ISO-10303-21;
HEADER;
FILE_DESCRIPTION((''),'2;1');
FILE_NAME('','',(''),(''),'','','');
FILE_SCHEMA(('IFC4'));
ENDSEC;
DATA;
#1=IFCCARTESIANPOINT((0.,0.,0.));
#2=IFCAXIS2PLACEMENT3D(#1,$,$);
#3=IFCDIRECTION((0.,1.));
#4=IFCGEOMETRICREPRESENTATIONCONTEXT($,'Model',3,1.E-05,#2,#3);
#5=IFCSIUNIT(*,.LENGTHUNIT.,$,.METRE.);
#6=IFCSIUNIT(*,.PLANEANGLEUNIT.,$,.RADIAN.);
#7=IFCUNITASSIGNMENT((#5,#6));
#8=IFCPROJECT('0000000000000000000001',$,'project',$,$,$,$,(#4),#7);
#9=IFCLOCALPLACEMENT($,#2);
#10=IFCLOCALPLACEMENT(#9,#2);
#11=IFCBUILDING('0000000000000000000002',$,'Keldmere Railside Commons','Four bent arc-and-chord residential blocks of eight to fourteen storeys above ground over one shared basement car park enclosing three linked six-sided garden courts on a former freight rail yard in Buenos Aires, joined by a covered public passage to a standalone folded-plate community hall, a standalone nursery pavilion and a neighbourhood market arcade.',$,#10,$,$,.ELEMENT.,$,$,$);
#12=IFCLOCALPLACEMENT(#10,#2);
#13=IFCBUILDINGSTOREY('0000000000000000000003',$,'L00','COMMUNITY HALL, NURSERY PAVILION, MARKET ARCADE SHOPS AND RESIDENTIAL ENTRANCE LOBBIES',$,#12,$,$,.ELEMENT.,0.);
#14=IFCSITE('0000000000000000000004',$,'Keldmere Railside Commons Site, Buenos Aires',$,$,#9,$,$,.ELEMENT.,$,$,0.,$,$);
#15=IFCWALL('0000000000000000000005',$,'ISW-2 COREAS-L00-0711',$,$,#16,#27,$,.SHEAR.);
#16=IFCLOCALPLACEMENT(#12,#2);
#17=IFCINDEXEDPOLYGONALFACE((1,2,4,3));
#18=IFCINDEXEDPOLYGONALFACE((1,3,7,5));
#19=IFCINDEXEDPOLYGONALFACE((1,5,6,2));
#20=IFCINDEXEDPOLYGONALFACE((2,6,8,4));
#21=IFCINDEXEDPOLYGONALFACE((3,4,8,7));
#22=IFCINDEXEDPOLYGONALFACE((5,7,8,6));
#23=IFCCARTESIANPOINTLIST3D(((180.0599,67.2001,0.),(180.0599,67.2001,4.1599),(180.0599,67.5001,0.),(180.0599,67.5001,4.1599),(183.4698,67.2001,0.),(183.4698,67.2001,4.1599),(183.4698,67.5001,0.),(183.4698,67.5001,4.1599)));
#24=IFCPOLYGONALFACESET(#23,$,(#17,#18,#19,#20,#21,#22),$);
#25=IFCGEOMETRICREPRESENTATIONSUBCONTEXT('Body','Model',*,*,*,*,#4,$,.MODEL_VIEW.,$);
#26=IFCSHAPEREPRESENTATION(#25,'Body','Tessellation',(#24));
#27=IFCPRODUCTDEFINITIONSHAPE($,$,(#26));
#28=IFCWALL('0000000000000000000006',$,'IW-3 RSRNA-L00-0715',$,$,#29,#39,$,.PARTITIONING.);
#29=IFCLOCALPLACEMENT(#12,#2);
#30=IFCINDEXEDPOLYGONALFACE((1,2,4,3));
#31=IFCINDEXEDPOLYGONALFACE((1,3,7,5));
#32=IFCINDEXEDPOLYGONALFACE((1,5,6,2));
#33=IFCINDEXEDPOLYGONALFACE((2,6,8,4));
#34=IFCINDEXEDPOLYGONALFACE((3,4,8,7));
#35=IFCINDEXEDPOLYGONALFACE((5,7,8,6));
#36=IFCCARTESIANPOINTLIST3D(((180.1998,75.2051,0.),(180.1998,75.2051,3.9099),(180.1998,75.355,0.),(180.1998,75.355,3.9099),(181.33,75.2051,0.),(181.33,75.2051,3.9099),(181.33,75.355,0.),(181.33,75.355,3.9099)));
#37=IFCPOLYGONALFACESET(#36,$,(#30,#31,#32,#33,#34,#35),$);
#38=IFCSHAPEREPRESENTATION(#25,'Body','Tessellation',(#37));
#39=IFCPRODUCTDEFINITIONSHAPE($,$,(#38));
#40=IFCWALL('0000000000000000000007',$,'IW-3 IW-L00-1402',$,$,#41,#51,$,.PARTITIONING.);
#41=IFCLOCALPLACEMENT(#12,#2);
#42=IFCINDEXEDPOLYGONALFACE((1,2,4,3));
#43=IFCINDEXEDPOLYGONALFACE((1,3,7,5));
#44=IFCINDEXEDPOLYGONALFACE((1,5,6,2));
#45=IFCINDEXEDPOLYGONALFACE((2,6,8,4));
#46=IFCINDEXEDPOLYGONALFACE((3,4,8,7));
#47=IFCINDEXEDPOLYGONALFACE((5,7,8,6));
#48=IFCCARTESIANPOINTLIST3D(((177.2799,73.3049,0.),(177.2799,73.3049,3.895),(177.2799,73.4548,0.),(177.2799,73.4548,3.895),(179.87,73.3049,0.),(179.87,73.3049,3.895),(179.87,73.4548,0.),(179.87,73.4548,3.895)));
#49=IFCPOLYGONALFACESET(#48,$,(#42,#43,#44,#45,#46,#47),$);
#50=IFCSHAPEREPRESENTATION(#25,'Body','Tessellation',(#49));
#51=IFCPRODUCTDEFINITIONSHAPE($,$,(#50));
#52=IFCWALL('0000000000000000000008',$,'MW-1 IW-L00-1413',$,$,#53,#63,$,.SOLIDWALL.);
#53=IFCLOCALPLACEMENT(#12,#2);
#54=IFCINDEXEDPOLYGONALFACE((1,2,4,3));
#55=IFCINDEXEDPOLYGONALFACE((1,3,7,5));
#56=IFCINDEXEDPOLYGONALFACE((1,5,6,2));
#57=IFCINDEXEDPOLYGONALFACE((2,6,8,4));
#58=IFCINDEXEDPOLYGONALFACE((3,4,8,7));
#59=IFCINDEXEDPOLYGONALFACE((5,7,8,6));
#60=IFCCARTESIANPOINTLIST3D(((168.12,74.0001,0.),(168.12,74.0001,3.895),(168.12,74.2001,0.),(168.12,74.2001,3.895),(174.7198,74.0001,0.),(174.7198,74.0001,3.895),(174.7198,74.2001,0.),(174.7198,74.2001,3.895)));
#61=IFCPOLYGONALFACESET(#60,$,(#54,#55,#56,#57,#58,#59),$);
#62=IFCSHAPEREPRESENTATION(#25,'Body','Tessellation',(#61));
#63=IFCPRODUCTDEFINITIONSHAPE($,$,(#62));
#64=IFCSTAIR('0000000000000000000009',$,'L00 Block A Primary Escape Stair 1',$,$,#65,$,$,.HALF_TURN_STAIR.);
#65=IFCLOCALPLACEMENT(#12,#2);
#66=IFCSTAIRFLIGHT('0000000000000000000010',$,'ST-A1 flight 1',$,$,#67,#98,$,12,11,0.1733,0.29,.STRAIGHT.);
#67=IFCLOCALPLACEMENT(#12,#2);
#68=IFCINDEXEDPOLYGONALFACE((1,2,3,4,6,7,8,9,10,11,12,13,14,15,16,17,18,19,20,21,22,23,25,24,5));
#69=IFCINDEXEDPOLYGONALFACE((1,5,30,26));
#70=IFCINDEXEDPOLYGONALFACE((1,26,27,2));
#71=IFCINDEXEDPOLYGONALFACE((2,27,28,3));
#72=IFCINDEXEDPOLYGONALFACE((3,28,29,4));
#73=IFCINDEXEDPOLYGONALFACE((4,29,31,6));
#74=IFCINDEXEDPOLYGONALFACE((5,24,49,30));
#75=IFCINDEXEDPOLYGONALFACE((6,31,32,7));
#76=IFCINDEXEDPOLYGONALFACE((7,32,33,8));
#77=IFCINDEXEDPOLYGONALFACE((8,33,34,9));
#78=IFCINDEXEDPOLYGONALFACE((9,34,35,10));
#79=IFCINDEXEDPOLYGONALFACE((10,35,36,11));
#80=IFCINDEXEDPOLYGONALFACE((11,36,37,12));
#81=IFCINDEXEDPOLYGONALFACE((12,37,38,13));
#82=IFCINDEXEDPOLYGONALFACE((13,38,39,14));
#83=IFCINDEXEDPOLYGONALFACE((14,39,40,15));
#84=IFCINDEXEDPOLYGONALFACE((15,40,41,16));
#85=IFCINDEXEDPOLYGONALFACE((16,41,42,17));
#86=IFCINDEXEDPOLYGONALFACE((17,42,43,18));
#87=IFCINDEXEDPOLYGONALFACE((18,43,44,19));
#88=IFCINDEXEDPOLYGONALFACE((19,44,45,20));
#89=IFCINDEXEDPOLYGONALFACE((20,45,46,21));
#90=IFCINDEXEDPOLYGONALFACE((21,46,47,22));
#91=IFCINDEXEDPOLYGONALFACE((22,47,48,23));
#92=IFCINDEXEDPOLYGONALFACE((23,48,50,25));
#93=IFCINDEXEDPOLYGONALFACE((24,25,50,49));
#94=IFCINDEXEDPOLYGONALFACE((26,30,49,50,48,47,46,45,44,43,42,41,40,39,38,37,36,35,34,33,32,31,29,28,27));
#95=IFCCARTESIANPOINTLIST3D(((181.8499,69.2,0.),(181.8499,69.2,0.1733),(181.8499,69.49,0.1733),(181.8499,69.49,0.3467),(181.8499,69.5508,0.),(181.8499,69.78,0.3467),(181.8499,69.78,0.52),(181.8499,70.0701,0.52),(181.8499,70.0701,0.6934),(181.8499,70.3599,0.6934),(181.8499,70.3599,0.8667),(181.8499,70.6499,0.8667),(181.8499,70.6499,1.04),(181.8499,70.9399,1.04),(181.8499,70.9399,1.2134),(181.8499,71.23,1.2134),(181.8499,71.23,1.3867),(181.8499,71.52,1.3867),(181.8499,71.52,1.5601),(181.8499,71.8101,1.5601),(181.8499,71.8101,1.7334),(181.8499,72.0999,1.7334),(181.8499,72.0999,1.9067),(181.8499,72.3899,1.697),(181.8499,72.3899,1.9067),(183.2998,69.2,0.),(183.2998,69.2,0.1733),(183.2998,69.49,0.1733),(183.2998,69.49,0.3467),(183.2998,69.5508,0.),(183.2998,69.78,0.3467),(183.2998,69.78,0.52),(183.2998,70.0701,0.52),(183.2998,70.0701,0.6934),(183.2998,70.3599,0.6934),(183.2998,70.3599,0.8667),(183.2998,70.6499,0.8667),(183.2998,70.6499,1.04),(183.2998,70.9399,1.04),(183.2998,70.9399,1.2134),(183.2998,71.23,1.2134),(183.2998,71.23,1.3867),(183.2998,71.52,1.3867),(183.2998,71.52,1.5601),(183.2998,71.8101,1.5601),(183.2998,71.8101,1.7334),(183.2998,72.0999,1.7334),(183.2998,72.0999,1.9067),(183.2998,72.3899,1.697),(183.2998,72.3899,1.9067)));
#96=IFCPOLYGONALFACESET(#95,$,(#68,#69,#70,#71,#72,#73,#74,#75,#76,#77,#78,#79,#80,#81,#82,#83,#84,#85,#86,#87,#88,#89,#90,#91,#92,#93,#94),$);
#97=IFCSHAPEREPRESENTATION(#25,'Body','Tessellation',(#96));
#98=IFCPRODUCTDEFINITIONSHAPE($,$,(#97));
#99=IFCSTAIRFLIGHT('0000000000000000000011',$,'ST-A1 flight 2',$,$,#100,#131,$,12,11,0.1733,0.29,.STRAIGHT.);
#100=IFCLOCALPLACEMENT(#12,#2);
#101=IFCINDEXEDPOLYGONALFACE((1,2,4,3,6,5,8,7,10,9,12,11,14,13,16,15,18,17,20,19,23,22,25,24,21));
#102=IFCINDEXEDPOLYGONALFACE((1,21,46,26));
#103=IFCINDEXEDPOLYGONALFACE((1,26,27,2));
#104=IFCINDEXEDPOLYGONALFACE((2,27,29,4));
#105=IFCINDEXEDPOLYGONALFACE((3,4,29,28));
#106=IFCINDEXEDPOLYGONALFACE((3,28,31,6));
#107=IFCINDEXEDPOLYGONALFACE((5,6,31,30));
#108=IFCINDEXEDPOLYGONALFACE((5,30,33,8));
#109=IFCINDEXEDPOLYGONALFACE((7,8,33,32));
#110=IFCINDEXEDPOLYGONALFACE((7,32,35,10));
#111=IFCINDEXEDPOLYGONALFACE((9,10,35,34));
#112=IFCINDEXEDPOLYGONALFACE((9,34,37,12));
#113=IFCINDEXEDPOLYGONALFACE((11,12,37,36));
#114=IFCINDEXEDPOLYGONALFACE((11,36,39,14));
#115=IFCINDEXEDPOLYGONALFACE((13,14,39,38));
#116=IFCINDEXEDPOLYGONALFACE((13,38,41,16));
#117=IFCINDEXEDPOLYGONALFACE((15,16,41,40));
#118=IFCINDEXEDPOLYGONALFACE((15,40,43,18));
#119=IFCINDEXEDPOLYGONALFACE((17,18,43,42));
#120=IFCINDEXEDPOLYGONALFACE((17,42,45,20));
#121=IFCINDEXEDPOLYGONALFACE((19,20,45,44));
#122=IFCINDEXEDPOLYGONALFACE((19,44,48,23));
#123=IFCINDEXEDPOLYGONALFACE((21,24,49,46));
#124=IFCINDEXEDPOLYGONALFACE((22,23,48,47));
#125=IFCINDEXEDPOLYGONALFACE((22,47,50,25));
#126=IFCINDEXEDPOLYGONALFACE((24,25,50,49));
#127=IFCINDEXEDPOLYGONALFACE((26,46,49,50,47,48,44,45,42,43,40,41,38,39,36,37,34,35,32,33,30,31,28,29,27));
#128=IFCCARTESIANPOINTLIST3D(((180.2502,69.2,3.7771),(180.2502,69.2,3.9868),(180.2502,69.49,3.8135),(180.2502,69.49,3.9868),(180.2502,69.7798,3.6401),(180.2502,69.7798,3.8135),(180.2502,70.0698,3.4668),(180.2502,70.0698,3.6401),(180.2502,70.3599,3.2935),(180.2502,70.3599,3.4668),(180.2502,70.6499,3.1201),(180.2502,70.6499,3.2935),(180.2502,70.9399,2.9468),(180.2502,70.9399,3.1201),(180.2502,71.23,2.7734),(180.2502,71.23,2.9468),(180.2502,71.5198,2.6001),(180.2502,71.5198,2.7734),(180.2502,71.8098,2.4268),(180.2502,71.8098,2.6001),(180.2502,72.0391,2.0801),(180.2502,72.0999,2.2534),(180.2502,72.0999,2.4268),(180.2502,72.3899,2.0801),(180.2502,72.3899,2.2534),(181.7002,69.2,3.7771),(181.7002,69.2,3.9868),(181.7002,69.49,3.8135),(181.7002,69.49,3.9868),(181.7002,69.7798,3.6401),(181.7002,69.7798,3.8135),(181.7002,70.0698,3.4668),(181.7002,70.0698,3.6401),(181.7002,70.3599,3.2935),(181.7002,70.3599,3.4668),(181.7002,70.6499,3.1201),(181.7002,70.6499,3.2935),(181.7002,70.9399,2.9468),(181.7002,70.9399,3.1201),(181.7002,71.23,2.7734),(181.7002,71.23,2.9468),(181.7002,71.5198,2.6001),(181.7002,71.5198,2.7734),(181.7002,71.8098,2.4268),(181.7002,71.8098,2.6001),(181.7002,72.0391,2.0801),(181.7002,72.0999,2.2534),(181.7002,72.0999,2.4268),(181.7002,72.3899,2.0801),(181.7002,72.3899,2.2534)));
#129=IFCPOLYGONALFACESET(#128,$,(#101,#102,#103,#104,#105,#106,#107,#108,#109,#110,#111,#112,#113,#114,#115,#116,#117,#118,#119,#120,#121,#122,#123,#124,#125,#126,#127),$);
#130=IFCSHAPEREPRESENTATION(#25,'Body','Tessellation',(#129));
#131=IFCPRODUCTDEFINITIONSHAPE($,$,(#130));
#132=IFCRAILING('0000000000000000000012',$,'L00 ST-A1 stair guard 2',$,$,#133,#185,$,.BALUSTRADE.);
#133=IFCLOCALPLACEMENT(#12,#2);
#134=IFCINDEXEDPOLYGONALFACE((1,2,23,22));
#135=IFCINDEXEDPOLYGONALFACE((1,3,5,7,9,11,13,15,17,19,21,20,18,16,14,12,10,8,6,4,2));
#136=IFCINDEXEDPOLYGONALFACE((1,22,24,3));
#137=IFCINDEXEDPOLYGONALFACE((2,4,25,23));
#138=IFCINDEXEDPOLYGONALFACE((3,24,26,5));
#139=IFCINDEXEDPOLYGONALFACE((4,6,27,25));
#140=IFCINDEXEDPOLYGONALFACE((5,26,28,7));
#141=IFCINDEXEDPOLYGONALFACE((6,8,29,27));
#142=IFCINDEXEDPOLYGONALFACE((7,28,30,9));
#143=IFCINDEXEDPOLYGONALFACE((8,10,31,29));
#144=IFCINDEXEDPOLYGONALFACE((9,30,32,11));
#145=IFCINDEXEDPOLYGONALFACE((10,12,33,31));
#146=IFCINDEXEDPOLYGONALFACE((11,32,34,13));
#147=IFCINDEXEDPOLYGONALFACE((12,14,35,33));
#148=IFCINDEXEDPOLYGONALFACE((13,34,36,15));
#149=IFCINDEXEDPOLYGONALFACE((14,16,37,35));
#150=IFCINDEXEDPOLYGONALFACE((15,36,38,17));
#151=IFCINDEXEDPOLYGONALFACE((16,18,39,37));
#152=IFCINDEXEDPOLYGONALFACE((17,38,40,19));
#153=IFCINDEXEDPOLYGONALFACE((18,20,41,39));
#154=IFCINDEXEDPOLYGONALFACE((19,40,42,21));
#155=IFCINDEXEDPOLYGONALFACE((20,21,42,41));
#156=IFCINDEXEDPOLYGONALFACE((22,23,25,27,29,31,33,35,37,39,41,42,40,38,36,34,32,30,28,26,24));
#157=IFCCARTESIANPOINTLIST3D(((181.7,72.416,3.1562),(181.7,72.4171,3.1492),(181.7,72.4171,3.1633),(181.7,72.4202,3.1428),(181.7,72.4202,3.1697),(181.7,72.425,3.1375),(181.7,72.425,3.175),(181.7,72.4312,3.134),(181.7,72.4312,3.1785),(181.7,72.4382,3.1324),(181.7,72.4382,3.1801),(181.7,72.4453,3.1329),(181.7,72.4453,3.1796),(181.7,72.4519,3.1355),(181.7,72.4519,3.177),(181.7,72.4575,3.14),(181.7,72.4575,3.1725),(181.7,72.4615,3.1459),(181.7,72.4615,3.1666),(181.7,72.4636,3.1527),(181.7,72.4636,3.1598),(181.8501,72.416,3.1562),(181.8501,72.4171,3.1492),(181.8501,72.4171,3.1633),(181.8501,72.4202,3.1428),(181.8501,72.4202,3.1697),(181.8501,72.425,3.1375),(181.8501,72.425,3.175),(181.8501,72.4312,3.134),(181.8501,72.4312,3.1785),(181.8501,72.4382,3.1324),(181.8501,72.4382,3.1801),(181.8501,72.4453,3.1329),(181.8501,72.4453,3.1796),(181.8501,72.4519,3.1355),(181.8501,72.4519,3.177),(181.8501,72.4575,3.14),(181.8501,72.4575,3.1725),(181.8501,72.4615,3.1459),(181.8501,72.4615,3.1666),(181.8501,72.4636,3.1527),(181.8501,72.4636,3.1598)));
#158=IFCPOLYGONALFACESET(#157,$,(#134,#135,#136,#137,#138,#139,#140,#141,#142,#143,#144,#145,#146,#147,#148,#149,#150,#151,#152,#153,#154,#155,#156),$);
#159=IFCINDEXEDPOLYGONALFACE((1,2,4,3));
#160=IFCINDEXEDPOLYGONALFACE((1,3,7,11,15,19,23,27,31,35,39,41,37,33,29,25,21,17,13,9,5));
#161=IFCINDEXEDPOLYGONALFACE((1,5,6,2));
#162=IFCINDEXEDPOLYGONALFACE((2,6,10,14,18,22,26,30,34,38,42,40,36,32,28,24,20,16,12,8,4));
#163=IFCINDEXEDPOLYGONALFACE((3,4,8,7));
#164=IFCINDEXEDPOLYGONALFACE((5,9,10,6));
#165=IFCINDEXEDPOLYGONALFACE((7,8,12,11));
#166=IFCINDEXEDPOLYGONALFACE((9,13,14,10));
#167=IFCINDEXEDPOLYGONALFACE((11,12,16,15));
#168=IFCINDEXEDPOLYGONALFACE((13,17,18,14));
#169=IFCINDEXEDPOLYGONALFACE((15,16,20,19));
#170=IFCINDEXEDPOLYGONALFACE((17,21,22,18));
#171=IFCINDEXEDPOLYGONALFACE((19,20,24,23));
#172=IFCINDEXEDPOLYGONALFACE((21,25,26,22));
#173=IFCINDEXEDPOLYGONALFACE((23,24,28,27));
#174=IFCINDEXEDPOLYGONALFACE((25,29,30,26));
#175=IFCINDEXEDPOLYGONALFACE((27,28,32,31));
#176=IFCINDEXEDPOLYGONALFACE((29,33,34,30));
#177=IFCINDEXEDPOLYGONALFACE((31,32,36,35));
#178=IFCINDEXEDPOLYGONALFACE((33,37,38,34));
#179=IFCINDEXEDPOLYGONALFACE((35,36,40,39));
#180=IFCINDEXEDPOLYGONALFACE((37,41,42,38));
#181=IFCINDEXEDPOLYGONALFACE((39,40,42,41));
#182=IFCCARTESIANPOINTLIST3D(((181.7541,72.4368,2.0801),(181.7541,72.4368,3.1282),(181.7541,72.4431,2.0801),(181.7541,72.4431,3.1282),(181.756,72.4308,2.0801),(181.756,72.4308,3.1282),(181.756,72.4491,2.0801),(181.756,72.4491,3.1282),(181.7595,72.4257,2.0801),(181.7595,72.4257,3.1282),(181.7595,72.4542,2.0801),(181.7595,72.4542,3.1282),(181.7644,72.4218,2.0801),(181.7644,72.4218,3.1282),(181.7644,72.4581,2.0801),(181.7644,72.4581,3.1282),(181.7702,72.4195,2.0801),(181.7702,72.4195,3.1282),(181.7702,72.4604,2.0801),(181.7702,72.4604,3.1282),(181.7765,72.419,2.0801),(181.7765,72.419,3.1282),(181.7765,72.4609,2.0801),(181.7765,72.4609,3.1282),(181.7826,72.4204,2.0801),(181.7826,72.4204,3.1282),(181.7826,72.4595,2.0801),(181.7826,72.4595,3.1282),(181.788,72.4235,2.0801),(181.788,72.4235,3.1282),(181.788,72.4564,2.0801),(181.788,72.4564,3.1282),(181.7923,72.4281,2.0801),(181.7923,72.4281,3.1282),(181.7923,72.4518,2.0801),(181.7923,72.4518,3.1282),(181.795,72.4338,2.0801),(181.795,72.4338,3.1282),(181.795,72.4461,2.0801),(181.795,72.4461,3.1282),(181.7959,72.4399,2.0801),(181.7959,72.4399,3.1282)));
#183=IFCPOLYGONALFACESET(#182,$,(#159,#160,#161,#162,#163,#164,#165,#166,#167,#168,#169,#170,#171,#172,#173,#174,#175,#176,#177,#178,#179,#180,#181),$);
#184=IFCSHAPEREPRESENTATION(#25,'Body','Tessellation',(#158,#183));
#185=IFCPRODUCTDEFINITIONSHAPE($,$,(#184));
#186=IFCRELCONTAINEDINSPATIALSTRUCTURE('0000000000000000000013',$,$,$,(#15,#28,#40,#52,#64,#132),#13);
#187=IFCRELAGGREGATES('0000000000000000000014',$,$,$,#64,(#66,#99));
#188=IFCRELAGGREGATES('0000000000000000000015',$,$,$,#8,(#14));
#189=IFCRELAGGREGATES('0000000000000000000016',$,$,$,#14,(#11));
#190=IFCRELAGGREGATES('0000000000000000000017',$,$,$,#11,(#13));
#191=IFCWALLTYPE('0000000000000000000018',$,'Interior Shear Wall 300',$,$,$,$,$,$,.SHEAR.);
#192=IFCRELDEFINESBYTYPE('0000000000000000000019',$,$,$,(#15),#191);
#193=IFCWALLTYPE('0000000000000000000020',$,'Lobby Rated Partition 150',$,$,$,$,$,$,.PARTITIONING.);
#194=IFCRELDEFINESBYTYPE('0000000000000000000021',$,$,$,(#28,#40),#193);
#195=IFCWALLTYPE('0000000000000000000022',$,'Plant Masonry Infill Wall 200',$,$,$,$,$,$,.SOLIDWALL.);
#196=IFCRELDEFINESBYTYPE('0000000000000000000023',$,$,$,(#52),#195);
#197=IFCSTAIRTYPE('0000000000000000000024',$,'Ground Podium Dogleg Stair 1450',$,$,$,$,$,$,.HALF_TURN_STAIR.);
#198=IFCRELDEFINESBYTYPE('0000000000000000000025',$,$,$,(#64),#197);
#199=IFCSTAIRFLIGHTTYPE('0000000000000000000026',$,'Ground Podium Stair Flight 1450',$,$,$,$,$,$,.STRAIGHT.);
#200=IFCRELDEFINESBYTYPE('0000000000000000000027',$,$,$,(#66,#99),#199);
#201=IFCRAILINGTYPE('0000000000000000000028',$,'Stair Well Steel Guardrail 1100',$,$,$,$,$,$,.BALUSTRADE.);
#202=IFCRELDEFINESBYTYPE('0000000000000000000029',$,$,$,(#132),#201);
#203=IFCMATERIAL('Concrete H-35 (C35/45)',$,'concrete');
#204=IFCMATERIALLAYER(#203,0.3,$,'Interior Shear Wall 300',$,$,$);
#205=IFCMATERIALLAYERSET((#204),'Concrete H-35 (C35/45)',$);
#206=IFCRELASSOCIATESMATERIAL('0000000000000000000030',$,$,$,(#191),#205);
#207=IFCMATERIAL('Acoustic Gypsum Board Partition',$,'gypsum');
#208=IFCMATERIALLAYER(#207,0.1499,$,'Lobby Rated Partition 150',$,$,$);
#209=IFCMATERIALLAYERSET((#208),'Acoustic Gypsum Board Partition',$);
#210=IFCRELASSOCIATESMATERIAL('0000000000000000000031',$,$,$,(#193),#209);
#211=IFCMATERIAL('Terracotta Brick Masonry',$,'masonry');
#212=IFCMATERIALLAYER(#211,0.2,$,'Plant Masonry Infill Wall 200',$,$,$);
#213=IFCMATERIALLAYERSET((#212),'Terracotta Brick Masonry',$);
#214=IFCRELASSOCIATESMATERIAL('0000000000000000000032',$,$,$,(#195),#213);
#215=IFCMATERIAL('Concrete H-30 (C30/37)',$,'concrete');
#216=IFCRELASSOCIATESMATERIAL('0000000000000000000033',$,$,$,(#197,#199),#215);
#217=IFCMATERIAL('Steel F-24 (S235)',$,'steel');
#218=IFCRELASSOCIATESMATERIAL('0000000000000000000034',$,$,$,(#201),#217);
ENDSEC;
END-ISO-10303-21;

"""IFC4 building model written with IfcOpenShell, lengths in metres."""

from ifc_helpers import new_model, si_unit, direction, frame, frame_2d, origin, origin_2d, place, context, subcontext, project, spatial, polyline, rectangle, circle, outline, extrude, material, layer, layer_set, type_object, element, aggregate, save


model = new_model("IFC4")

# Units and contexts
model_context = context("Model", 3, precision=1e-05, world=origin(), true_north=direction((0.0, 1.0)))
body_context = subcontext(model_context, "Body", "Model", "MODEL_VIEW")
ifc_project = project(units=[si_unit("LENGTHUNIT", "METRE"), si_unit("PLANEANGLEUNIT", "RADIAN")], contexts=[model_context])

# Site, building, storey
site_placement = place(None, origin())
site = spatial("IfcSite", under=ifc_project, at=site_placement, Name="Keldmere Railside Commons Site, Buenos Aires", CompositionType="ELEMENT", RefElevation=0.0)
building_placement = place(site_placement, origin())
building = spatial("IfcBuilding", under=site, at=building_placement, Name="Keldmere Railside Commons", Description="Four bent arc-and-chord residential blocks of eight to fourteen storeys above ground over one shared basement car park enclosing three linked six-sided garden courts on a former freight rail yard in Buenos Aires, joined by a covered public passage to a standalone folded-plate community hall, a standalone nursery pavilion and a neighbourhood market arcade.", CompositionType="ELEMENT")
storey_placement = place(building_placement, origin())
storey = spatial("IfcBuildingStorey", under=building, at=storey_placement, Name="L00", Description="COMMUNITY HALL, NURSERY PAVILION, MARKET ARCADE SHOPS AND RESIDENTIAL ENTRANCE LOBBIES", CompositionType="ELEMENT", Elevation=0.0)

# Shared definitions
ifc_material_1 = material(Name="Concrete H-35 (C35/45)", Category="concrete")
ifc_material_2 = material(Name="Concrete H-30 (C30/37)", Category="concrete")

# Shared definitions
ifc_material_3 = material(Name="Steel F-24 (S235)", Category="steel")

# Walls
ifc_layer_1 = layer(ifc_material_1, 0.3, Name="Interior Shear Wall 300")
ifc_layer_set_1 = layer_set([ifc_layer_1], Name="Concrete H-35 (C35/45)")
wall_type_1 = type_object("IfcWallType", Name="Interior Shear Wall 300", PredefinedType="SHEAR", material=ifc_layer_set_1)
wall_1_placement = place(storey_placement, frame((183.47, 67.3501, 0.0), z_axis=(0.0, 0.0, 1.0), x_axis=(-1.0, 0.0, 0.0)))
element("IfcWall", 1, at=wall_1_placement, inside=storey, type_object=wall_type_1, Name="ISW-2 COREAS-L00-0711", PredefinedType="SHEAR", context=body_context, shape_type="SweptSolid", body=[
    extrude(rectangle(XDim=3.4099, YDim=0.3, at=frame_2d((1.7051, 0.0))), origin(), (0.0, 0.0, 1.0), 4.1599),
])
ifc_material_4 = material(Name="Acoustic Gypsum Board Partition", Category="gypsum")
ifc_layer_2 = layer(ifc_material_4, 0.1499, Name="Lobby Rated Partition 150")
ifc_layer_set_2 = layer_set([ifc_layer_2], Name="Acoustic Gypsum Board Partition")
wall_type_2 = type_object("IfcWallType", Name="Lobby Rated Partition 150", PredefinedType="PARTITIONING", material=ifc_layer_set_2)
wall_2_placement = place(storey_placement, frame((180.2, 75.28, 0.0), z_axis=(0.0, 0.0, 1.0), x_axis=(1.0, 0.0, 0.0)))
element("IfcWall", 2, at=wall_2_placement, inside=storey, type_object=wall_type_2, Name="IW-3 RSRNA-L00-0715", PredefinedType="PARTITIONING", context=body_context, shape_type="SweptSolid", body=[
    extrude(rectangle(XDim=1.1301, YDim=0.1499, at=frame_2d((0.5649, 0.0))), origin(), (0.0, 0.0, 1.0), 3.9099),
])
wall_3_placement = place(storey_placement, frame((177.28, 73.3799, 0.0), z_axis=(0.0, 0.0, 1.0), x_axis=(1.0, 0.0, 0.0)))
element("IfcWall", 3, at=wall_3_placement, inside=storey, type_object=wall_type_2, Name="IW-3 IW-L00-1402", PredefinedType="PARTITIONING", context=body_context, shape_type="SweptSolid", body=[
    extrude(rectangle(XDim=2.5901, YDim=0.1499, at=frame_2d((1.2949, 0.0))), origin(), (0.0, 0.0, 1.0), 3.895),
])
ifc_material_5 = material(Name="Terracotta Brick Masonry", Category="masonry")
ifc_layer_3 = layer(ifc_material_5, 0.2, Name="Plant Masonry Infill Wall 200")
ifc_layer_set_3 = layer_set([ifc_layer_3], Name="Terracotta Brick Masonry")
wall_type_3 = type_object("IfcWallType", Name="Plant Masonry Infill Wall 200", PredefinedType="SOLIDWALL", material=ifc_layer_set_3)
wall_4_placement = place(storey_placement, frame((168.1201, 74.1001, 0.0), z_axis=(0.0, 0.0, 1.0), x_axis=(1.0, 0.0, 0.0)))
element("IfcWall", 4, at=wall_4_placement, inside=storey, type_object=wall_type_3, Name="MW-1 IW-L00-1413", PredefinedType="SOLIDWALL", context=body_context, shape_type="SweptSolid", body=[
    extrude(rectangle(XDim=6.5999, YDim=0.2, at=frame_2d((3.2998, 0.0))), origin(), (0.0, 0.0, 1.0), 3.895),
])

# Stair, stair flights
stair_type = type_object("IfcStairType", Name="Ground Podium Dogleg Stair 1450", PredefinedType="HALF_TURN_STAIR", material=ifc_material_2)
stair_placement = place(storey_placement, origin())
stair = element("IfcStair", 5, at=stair_placement, inside=storey, type_object=stair_type, Name="L00 Block A Primary Escape Stair 1", PredefinedType="HALF_TURN_STAIR")
stair_flight_type = type_object("IfcStairFlightType", Name="Ground Podium Stair Flight 1450", PredefinedType="STRAIGHT", material=ifc_material_2)
stair_flight_1_placement = place(storey_placement, frame((182.575, 69.2, 0.0), z_axis=(0.0, 0.0, 1.0), x_axis=(0.0, 1.0, 0.0)))
stair_flight_1 = element("IfcStairFlight", 6, at=stair_flight_1_placement, type_object=stair_flight_type, Name="ST-A1 flight 1", NumberOfRisers=12, NumberOfTreads=11, PredefinedType="STRAIGHT", RiserHeight=0.1733, TreadLength=0.29, context=body_context, shape_type="SweptSolid", body=[
    extrude(outline(polyline([(0.0, 0.0), (0.0, 0.1733), (0.29, 0.1733), (0.29, 0.3467), (0.5801, 0.3467), (0.5801, 0.52), (0.8701, 0.52), (0.8701, 0.6934), (1.1599, 0.6934), (1.1599, 0.8667), (1.45, 0.8667), (1.45, 1.04), (1.74, 1.04), (1.74, 1.2134), (2.03, 1.2134), (2.03, 1.3867), (2.3201, 1.3867), (2.3201, 1.5601), (2.6101, 1.5601), (2.6101, 1.7334), (2.8999, 1.7334), (2.8999, 1.9067), (3.1899, 1.9067), (3.1899, 2.0801), (3.1899, 1.697), (0.3508, 0.0), (0.0, 0.0)])), frame((0.0, 0.7251, 0.0), z_axis=(0.0, -1.0, 0.0), x_axis=(1.0, 0.0, 0.0)), (0.0, 0.0, 1.0), 1.45),
])
stair_flight_2_placement = place(storey_placement, frame((180.9751, 72.3899, 2.0801), z_axis=(0.0, 0.0, 1.0), x_axis=(0.0, -1.0, 0.0)))
stair_flight_2 = element("IfcStairFlight", 7, at=stair_flight_2_placement, type_object=stair_flight_type, Name="ST-A1 flight 2", NumberOfRisers=12, NumberOfTreads=11, PredefinedType="STRAIGHT", RiserHeight=0.1733, TreadLength=0.29, context=body_context, shape_type="SweptSolid", body=[
    extrude(outline(polyline([(0.0, 0.0), (0.0, 0.1733), (0.29, 0.1733), (0.29, 0.3467), (0.5801, 0.3467), (0.5801, 0.52), (0.8701, 0.52), (0.8701, 0.6934), (1.1599, 0.6934), (1.1599, 0.8667), (1.45, 0.8667), (1.45, 1.04), (1.74, 1.04), (1.74, 1.2134), (2.03, 1.2134), (2.03, 1.3867), (2.3201, 1.3867), (2.3201, 1.5601), (2.6101, 1.5601), (2.6101, 1.7334), (2.8999, 1.7334), (2.8999, 1.9067), (3.1899, 1.9067), (3.1899, 2.0801), (3.1899, 1.697), (0.3508, 0.0), (0.0, 0.0)])), frame((0.0, 0.7251, 0.0), z_axis=(0.0, -1.0, 0.0), x_axis=(1.0, 0.0, 0.0)), (0.0, 0.0, 1.0), 1.45),
])
aggregate(stair, [stair_flight_1, stair_flight_2])

# Railing
railing_type_1 = type_object("IfcRailingType", Name="Stair Well Steel Guardrail 1100", PredefinedType="BALUSTRADE", material=ifc_material_3)
railing_1_placement = place(storey_placement, frame((181.8501, 72.4399, 2.0801)))
element("IfcRailing", 8, at=railing_1_placement, inside=storey, type_object=railing_type_1, Name="L00 ST-A1 stair guard 2", PredefinedType="BALUSTRADE", context=body_context, shape_type="SweptSolid", body=[
    extrude(circle(Radius=0.0239, at=origin_2d()), frame((0.0, 0.0, 1.0762), z_axis=(-1.0, 0.0, 0.0), x_axis=(0.0, -1.0, 0.0)), (0.0, 0.0, 1.0), 0.1501),
    extrude(circle(Radius=0.021, at=origin_2d()), frame((-0.0752, 0.0, 0.0)), (0.0, 0.0, 1.0), 1.0481),
])

save(model, "model.ifc")
